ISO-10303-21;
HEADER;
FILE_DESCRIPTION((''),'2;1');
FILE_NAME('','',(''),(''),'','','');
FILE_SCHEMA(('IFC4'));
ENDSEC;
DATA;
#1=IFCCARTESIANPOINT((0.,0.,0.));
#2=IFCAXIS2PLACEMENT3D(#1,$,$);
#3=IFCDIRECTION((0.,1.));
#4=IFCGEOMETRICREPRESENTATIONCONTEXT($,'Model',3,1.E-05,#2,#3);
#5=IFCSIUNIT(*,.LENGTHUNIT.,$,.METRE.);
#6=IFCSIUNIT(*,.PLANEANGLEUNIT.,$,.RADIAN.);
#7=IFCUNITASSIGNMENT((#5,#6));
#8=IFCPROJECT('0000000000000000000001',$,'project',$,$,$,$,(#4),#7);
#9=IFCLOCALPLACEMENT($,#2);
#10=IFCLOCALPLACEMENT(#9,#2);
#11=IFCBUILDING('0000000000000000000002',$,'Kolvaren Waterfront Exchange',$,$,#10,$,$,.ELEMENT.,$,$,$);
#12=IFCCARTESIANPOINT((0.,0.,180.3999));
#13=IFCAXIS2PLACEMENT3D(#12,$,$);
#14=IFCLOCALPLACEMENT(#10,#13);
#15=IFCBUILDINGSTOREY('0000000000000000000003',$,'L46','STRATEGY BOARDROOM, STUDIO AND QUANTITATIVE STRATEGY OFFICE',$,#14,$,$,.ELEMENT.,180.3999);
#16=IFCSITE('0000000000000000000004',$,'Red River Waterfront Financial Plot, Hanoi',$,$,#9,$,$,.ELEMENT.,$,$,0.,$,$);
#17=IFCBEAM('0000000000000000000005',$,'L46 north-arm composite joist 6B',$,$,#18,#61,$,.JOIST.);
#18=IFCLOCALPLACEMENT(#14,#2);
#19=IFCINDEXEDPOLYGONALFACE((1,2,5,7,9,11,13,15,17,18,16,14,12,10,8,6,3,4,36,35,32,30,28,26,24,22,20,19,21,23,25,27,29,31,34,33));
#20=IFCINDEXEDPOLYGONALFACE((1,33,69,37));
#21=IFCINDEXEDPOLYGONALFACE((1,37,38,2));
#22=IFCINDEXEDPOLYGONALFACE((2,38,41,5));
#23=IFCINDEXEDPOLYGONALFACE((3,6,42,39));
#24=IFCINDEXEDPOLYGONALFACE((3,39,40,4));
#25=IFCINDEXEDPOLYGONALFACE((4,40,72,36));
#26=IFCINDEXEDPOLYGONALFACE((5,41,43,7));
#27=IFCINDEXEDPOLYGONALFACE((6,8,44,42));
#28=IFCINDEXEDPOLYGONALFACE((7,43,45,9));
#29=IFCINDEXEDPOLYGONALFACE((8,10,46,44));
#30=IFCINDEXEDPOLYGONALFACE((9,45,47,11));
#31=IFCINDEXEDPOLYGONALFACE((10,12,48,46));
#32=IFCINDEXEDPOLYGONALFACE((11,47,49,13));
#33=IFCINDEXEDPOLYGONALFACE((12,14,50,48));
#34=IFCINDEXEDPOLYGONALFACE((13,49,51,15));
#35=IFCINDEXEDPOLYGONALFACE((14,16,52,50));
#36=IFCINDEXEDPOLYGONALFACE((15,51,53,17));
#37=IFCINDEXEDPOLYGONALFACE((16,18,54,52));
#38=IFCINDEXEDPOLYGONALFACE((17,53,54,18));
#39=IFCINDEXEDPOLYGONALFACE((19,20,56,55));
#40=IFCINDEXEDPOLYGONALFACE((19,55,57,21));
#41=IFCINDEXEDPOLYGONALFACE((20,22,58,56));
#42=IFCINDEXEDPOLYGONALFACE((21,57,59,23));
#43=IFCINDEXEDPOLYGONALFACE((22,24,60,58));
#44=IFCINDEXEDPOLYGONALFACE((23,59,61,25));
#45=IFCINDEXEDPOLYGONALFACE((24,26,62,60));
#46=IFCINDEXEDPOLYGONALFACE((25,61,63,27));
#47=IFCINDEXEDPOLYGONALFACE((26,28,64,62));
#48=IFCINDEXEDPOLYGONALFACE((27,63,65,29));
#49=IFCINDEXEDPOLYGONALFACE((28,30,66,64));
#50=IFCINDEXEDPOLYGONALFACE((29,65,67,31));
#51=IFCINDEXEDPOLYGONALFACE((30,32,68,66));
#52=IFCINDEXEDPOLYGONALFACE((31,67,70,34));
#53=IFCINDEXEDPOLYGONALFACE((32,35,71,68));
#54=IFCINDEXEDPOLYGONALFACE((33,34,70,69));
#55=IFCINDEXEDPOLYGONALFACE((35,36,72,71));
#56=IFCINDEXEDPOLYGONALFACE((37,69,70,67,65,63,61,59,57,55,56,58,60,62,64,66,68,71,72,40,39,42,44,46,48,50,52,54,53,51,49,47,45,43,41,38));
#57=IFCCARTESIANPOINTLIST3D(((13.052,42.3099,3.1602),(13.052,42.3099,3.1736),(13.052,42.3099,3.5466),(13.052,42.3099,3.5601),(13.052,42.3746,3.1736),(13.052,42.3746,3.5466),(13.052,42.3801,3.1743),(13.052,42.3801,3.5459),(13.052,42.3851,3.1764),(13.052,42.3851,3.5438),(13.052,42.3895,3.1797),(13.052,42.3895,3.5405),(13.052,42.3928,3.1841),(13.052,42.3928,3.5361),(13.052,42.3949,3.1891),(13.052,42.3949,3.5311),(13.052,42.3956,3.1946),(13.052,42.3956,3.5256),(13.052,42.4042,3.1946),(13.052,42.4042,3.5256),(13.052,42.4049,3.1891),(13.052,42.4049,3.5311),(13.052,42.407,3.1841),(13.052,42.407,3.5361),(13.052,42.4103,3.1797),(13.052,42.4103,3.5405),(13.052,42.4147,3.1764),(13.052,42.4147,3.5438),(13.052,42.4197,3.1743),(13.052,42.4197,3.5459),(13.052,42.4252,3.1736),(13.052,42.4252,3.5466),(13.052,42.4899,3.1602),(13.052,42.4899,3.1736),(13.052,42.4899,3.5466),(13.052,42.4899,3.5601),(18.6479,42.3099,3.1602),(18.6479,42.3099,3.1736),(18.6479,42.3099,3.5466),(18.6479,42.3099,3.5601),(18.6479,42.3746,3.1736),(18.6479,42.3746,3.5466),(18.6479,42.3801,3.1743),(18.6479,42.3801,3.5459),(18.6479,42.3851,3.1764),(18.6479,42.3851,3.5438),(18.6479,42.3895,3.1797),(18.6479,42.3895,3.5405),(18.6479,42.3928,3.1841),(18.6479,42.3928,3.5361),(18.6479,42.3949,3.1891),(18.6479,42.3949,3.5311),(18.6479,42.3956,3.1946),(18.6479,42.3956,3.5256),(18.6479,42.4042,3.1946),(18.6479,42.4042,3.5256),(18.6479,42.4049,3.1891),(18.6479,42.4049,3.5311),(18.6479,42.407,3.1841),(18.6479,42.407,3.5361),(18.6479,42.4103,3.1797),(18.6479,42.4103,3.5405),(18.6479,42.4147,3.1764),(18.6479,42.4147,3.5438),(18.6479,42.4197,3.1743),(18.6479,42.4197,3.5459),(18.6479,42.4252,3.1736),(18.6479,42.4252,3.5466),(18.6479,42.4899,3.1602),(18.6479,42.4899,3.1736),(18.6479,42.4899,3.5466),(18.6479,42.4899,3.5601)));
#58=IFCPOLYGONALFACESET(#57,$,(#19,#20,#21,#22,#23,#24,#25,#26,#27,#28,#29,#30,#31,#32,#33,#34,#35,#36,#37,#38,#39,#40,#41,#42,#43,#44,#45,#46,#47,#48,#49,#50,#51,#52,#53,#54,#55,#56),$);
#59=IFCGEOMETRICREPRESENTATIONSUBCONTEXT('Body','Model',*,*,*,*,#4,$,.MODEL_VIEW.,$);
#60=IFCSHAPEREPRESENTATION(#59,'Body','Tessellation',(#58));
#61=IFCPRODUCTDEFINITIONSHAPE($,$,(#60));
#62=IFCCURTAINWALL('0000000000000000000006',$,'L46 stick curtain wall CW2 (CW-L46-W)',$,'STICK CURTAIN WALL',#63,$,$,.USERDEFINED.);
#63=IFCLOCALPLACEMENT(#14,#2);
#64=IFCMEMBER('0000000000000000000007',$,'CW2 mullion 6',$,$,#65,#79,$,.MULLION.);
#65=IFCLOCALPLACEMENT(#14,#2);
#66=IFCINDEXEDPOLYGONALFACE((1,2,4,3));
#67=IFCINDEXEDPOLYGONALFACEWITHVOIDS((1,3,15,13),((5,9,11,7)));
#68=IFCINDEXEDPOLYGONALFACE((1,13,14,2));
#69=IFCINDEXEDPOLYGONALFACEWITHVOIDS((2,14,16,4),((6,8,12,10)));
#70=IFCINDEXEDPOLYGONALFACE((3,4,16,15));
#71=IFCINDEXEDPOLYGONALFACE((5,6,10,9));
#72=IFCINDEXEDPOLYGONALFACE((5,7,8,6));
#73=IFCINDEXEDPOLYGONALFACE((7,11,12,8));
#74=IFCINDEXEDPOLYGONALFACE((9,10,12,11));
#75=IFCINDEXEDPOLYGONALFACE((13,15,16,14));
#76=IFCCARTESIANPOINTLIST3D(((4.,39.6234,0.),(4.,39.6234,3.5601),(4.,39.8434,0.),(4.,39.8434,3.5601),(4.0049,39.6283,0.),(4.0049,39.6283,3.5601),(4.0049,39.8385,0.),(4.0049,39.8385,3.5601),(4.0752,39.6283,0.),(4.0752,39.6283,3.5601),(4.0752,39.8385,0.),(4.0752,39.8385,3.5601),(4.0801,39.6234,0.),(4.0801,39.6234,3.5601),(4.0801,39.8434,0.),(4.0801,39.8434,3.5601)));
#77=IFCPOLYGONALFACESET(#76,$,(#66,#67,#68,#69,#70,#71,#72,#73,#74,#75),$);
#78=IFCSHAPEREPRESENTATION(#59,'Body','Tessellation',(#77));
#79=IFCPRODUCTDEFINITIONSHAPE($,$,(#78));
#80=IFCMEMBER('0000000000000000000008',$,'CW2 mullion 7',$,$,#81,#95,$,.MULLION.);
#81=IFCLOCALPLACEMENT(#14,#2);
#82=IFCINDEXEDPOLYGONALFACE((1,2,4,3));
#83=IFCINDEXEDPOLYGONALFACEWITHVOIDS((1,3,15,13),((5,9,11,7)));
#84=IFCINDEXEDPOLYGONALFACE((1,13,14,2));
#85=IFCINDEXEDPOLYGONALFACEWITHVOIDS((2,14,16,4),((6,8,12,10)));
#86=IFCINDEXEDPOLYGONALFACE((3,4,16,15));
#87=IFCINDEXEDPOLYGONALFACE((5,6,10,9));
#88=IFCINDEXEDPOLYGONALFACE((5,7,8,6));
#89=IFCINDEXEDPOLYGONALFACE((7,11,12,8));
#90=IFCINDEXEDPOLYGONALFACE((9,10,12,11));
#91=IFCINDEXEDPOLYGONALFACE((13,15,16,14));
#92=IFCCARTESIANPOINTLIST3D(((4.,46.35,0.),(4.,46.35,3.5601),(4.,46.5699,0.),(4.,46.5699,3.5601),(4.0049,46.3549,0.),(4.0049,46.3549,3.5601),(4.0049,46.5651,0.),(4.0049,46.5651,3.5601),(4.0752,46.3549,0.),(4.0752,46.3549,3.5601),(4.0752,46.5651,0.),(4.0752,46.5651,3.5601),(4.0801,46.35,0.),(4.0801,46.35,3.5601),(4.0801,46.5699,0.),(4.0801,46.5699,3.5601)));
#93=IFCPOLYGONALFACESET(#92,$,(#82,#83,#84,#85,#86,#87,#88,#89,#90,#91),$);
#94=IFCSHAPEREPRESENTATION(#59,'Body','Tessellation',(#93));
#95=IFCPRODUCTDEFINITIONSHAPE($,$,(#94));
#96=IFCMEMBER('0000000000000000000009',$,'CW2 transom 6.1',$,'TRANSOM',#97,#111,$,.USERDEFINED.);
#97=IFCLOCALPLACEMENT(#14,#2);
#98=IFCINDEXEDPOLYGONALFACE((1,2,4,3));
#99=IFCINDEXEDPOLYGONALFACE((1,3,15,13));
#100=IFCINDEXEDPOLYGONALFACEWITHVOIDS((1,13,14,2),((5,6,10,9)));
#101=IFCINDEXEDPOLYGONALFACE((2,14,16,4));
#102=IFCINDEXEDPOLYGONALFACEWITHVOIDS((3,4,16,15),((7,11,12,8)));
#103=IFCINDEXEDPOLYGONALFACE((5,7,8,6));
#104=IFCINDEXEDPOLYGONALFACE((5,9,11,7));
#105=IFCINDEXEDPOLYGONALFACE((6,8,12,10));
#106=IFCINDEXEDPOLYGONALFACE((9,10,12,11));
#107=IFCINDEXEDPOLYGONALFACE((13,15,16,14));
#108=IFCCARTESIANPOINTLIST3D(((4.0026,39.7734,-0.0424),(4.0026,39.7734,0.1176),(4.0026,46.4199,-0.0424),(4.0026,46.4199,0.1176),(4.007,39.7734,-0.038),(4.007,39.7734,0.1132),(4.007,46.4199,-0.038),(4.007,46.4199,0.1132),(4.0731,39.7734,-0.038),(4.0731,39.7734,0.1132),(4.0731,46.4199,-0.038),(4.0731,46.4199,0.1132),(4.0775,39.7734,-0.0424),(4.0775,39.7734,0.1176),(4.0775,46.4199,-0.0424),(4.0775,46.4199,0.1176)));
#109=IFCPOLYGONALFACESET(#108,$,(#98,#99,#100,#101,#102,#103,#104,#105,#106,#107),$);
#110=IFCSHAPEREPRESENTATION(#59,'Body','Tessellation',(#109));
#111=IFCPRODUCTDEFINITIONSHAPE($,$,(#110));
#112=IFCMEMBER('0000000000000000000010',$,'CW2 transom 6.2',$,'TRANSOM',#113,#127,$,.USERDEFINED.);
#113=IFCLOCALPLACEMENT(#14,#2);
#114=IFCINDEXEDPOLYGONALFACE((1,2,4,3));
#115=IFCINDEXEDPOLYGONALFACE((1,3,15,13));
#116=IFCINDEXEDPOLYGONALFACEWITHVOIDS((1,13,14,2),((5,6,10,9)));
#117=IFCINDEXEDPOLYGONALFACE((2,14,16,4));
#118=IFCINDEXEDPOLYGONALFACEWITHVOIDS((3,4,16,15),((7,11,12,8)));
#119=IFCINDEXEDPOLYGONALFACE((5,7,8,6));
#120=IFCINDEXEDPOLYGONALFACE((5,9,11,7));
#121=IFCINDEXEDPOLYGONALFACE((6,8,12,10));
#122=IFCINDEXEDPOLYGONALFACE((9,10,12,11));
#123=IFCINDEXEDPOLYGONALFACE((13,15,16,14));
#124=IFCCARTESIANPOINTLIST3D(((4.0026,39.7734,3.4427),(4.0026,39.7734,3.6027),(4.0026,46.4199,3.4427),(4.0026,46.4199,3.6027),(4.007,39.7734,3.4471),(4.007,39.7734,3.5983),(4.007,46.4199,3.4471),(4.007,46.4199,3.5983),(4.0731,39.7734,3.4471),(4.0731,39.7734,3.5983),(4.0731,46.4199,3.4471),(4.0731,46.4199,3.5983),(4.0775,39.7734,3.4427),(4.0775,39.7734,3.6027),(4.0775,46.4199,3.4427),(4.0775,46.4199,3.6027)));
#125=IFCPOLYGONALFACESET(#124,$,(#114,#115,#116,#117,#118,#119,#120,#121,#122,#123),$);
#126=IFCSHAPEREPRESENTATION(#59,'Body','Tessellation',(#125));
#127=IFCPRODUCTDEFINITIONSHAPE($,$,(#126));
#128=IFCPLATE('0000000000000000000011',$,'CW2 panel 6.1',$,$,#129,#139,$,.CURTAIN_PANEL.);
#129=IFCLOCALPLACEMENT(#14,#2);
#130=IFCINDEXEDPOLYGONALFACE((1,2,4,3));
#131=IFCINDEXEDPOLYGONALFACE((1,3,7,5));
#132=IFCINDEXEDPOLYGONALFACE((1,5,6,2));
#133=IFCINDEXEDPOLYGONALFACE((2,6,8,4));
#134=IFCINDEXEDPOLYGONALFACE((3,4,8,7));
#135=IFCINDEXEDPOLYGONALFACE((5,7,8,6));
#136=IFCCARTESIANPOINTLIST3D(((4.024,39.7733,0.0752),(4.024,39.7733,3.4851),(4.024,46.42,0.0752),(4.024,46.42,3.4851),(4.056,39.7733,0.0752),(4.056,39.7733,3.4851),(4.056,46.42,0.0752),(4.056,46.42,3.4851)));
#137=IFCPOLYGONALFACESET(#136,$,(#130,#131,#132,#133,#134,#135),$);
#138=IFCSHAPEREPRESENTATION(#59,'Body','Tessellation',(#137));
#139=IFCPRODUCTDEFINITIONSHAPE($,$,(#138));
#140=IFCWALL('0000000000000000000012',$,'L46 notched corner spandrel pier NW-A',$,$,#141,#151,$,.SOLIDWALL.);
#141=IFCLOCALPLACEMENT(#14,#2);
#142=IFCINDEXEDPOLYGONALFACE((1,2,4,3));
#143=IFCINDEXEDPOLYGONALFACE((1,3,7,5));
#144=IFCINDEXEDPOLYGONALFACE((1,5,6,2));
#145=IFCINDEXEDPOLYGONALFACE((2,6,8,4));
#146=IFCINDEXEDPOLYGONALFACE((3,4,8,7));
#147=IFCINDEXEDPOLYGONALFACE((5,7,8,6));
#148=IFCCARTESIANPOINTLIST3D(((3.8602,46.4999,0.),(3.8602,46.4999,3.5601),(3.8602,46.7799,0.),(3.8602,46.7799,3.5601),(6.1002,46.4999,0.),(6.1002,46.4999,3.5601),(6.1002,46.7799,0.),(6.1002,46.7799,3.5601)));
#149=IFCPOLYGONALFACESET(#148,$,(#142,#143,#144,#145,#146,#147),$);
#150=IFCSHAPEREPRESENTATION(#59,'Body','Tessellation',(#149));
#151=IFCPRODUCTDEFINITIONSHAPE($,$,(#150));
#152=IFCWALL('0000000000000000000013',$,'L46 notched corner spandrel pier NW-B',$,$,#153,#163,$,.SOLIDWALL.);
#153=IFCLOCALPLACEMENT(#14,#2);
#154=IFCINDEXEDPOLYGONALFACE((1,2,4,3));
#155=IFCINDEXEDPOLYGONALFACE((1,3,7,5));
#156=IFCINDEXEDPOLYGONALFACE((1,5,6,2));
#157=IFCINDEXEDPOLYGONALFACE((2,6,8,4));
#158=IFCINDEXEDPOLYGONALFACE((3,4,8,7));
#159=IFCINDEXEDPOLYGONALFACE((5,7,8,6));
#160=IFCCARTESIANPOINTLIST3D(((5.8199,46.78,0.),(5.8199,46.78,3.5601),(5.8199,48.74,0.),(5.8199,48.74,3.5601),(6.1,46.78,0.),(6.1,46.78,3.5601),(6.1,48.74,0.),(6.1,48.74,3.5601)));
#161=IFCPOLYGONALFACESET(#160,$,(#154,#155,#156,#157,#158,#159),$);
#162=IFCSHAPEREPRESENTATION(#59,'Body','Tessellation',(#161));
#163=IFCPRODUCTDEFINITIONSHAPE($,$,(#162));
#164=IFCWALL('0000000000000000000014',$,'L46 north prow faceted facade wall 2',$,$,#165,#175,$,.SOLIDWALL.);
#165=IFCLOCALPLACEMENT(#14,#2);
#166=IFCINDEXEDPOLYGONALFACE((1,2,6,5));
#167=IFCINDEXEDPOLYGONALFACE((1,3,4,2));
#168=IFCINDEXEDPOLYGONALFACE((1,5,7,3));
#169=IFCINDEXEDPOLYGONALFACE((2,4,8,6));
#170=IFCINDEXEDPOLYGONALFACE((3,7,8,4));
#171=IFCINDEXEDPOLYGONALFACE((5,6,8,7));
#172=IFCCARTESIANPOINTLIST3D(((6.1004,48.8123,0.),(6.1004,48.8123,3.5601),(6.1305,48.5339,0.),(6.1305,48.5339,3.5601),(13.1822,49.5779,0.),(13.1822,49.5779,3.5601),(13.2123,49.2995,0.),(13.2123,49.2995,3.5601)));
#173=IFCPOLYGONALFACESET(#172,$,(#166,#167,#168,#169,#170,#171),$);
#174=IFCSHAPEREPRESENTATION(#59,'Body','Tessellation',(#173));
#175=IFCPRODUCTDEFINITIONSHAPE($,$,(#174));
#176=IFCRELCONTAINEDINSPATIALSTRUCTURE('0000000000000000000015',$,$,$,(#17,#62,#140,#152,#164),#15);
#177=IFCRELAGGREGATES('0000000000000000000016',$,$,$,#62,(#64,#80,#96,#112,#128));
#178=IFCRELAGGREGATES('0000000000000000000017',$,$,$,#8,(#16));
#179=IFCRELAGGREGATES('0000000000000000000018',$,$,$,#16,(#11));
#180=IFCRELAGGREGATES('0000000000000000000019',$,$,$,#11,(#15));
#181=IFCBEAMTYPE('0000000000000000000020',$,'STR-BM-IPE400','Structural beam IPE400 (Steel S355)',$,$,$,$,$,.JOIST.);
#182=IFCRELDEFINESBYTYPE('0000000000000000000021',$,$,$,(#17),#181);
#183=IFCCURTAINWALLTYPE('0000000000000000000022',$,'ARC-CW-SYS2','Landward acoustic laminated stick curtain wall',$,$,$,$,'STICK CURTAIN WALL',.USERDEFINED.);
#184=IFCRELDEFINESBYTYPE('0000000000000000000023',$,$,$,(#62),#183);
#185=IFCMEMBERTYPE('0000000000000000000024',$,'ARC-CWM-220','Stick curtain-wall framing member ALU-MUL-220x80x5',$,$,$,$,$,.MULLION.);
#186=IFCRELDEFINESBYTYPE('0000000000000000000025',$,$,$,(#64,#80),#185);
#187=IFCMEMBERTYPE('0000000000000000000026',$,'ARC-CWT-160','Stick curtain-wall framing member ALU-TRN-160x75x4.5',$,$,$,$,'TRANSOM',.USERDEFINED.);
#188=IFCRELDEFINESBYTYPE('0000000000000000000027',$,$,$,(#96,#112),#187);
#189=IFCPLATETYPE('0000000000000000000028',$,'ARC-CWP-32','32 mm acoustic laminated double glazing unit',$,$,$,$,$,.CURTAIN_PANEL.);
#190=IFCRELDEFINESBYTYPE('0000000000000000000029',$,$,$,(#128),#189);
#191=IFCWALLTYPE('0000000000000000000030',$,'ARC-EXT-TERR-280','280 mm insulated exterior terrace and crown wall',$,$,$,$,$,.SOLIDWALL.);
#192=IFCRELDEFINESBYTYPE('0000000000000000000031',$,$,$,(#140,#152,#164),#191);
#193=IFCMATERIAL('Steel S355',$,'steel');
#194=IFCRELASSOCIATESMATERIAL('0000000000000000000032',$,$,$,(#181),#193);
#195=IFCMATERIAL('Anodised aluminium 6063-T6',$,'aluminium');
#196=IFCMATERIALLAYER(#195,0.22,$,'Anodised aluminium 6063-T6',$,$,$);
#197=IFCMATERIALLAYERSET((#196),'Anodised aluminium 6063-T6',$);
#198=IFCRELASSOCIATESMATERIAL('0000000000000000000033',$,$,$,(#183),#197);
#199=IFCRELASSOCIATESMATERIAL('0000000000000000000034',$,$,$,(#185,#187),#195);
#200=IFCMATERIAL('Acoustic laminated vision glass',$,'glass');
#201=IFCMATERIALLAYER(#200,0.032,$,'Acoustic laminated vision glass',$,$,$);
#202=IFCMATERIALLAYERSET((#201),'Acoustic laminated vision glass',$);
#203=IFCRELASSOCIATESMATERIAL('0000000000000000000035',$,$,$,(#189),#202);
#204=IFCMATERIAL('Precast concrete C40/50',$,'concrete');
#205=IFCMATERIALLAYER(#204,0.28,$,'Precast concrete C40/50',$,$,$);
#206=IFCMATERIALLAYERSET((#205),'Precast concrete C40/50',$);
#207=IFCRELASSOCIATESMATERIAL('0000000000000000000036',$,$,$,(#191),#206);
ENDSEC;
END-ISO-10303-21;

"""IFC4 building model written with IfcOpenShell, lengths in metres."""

from ifc_helpers import new_model, si_unit, direction, frame, frame_2d, origin, origin_with_axes, origin_2d, place, context, subcontext, project, spatial, rectangle, hollow_rectangle, i_section, extrude, source, transform, mapped, material, layer, layer_set, material_profile, profile_set, type_object, element, aggregate, save


model = new_model("IFC4")

# Units and contexts
model_context = context("Model", 3, precision=1e-05, world=origin(), true_north=direction((0.0, 1.0)))
body_context = subcontext(model_context, "Body", "Model", "MODEL_VIEW")
ifc_project = project(units=[si_unit("LENGTHUNIT", "METRE"), si_unit("PLANEANGLEUNIT", "RADIAN")], contexts=[model_context])

# Site, building, storey
site_placement = place(None, origin())
site = spatial("IfcSite", under=ifc_project, at=site_placement, Name="Red River Waterfront Financial Plot, Hanoi", CompositionType="ELEMENT", RefElevation=0.0)
building_placement = place(site_placement, origin())
building = spatial("IfcBuilding", under=site, at=building_placement, Name="Kolvaren Waterfront Exchange", CompositionType="ELEMENT")
storey_placement = place(building_placement, frame((0.0, 0.0, 180.3999)))
storey = spatial("IfcBuildingStorey", under=building, at=storey_placement, Name="L46", Description="STRATEGY BOARDROOM, STUDIO AND QUANTITATIVE STRATEGY OFFICE", CompositionType="ELEMENT", Elevation=180.3999)

# Beam
ifc_material_1 = material(Name="Steel S355", Category="steel")
ifc_material_profile_1 = material_profile(ifc_material_1, i_section(OverallWidth=0.1799, OverallDepth=0.3999, WebThickness=0.0085, FlangeThickness=0.0134, FilletRadius=0.021, at=origin_2d()), Name="IPE400")
ifc_profile_set_1 = profile_set([ifc_material_profile_1], Name="Steel S355")
beam_type_1 = type_object("IfcBeamType", Name="STR-BM-IPE400", Description="Structural beam IPE400 (Steel S355)", PredefinedType="JOIST", material=ifc_profile_set_1)
beam_1_placement = place(storey_placement, frame((13.052, 42.3999, 3.3601), z_axis=(1.0, 0.0, 0.0), x_axis=(0.0, 1.0, 0.0)))
element("IfcBeam", 1, at=beam_1_placement, inside=storey, type_object=beam_type_1, Name="L46 north-arm composite joist 6B", PredefinedType="JOIST", context=body_context, shape_type="SweptSolid", body=[
    extrude(i_section(OverallWidth=0.1799, OverallDepth=0.3999, WebThickness=0.0085, FlangeThickness=0.0134, FilletRadius=0.021, at=origin_2d()), origin(), (0.0, 0.0, 1.0), 5.5959),
])

# Curtain wall, members, plate
ifc_material_2 = material(Name="Anodised aluminium 6063-T6", Category="aluminium")
ifc_layer_1 = layer(ifc_material_2, 0.22, Name="Anodised aluminium 6063-T6")
ifc_layer_set_1 = layer_set([ifc_layer_1], Name="Anodised aluminium 6063-T6")
curtain_wall_type = type_object("IfcCurtainWallType", Name="ARC-CW-SYS2", Description="Landward acoustic laminated stick curtain wall", ElementType="STICK CURTAIN WALL", PredefinedType="USERDEFINED", material=ifc_layer_set_1)
curtain_wall_placement = place(storey_placement, origin())
curtain_wall = element("IfcCurtainWall", 2, at=curtain_wall_placement, inside=storey, type_object=curtain_wall_type, Name="L46 stick curtain wall CW2 (CW-L46-W)", ObjectType="STICK CURTAIN WALL", PredefinedType="USERDEFINED")
ifc_material_profile_2 = material_profile(ifc_material_2, hollow_rectangle(XDim=0.0801, YDim=0.22, WallThickness=0.0049, at=origin_2d()), Name="ALU-MUL-220x80x5")
ifc_profile_set_2 = profile_set([ifc_material_profile_2], Name="Anodised aluminium 6063-T6")
member_type_1 = type_object("IfcMemberType", Name="ARC-CWM-220", Description="Stick curtain-wall framing member ALU-MUL-220x80x5", PredefinedType="MULLION", material=ifc_profile_set_2)
shared_shape_1 = source(origin_with_axes(), body_context, "Body", "SweptSolid", [
    extrude(hollow_rectangle(XDim=0.0801, YDim=0.22, WallThickness=0.0049, at=origin_2d()), origin(), (0.0, 0.0, 1.0), 3.5601),
])
member_1_placement = place(storey_placement, frame((4.04, 39.7334, 0.0), z_axis=(0.0, 0.0, 1.0), x_axis=(-1.0, 0.0, 0.0)))
member_1 = element("IfcMember", 3, at=member_1_placement, type_object=member_type_1, Name="CW2 mullion 6", PredefinedType="MULLION", context=body_context, shape_type="MappedRepresentation", body=[
    mapped(shared_shape_1, transform((0.0, 0.0, 0.0), x_axis=(1.0, 0.0, 0.0), y_axis=(0.0, 1.0, 0.0), z_axis=(0.0, 0.0, 1.0), scale=1.0)),
])
member_2_placement = place(storey_placement, frame((4.04, 46.46, 0.0), z_axis=(0.0, 0.0, 1.0), x_axis=(-1.0, 0.0, 0.0)))
member_2 = element("IfcMember", 4, at=member_2_placement, type_object=member_type_1, Name="CW2 mullion 7", PredefinedType="MULLION", context=body_context, shape_type="MappedRepresentation", body=[
    mapped(shared_shape_1, transform((0.0, 0.0, 0.0), x_axis=(1.0, 0.0, 0.0), y_axis=(0.0, 1.0, 0.0), z_axis=(0.0, 0.0, 1.0), scale=1.0)),
])
ifc_material_profile_3 = material_profile(ifc_material_2, hollow_rectangle(XDim=0.075, YDim=0.1599, WallThickness=0.0044, at=origin_2d()), Name="ALU-TRN-160x75x4.5")
ifc_profile_set_3 = profile_set([ifc_material_profile_3], Name="Anodised aluminium 6063-T6")
member_type_2 = type_object("IfcMemberType", Name="ARC-CWT-160", Description="Stick curtain-wall framing member ALU-TRN-160x75x4.5", ElementType="TRANSOM", PredefinedType="USERDEFINED", material=ifc_profile_set_3)
shared_shape_2 = source(origin_with_axes(), body_context, "Body", "SweptSolid", [
    extrude(hollow_rectangle(XDim=0.075, YDim=0.1599, WallThickness=0.0044, at=origin_2d()), origin(), (0.0, 0.0, 1.0), 6.6465),
])
member_3_placement = place(storey_placement, frame((4.04, 39.7734, 0.0376), z_axis=(0.0, 1.0, 0.0), x_axis=(-1.0, 0.0, 0.0)))
member_3 = element("IfcMember", 5, at=member_3_placement, type_object=member_type_2, Name="CW2 transom 6.1", ObjectType="TRANSOM", PredefinedType="USERDEFINED", context=body_context, shape_type="MappedRepresentation", body=[
    mapped(shared_shape_2, transform((0.0, 0.0, 0.0), x_axis=(1.0, 0.0, 0.0), y_axis=(0.0, 1.0, 0.0), z_axis=(0.0, 0.0, 1.0), scale=1.0)),
])
member_4_placement = place(storey_placement, frame((4.04, 39.7734, 3.5227), z_axis=(0.0, 1.0, 0.0), x_axis=(-1.0, 0.0, 0.0)))
member_4 = element("IfcMember", 6, at=member_4_placement, type_object=member_type_2, Name="CW2 transom 6.2", ObjectType="TRANSOM", PredefinedType="USERDEFINED", context=body_context, shape_type="MappedRepresentation", body=[
    mapped(shared_shape_2, transform((0.0, 0.0, 0.0), x_axis=(1.0, 0.0, 0.0), y_axis=(0.0, 1.0, 0.0), z_axis=(0.0, 0.0, 1.0), scale=1.0)),
])
ifc_material_3 = material(Name="Acoustic laminated vision glass", Category="glass")
ifc_layer_2 = layer(ifc_material_3, 0.032, Name="Acoustic laminated vision glass")
ifc_layer_set_2 = layer_set([ifc_layer_2], Name="Acoustic laminated vision glass")
plate_type = type_object("IfcPlateType", Name="ARC-CWP-32", Description="32 mm acoustic laminated double glazing unit", PredefinedType="CURTAIN_PANEL", material=ifc_layer_set_2)
shared_shape_3 = source(origin_with_axes(), body_context, "Body", "SweptSolid", [
    extrude(rectangle(XDim=6.6467, YDim=0.032, at=origin_2d()), origin(), (0.0, 0.0, 1.0), 3.4099),
])
plate_placement = place(storey_placement, frame((4.04, 43.0967, 0.0752), z_axis=(0.0, 0.0, 1.0), x_axis=(0.0, 1.0, 0.0)))
plate = element("IfcPlate", 7, at=plate_placement, type_object=plate_type, Name="CW2 panel 6.1", PredefinedType="CURTAIN_PANEL", context=body_context, shape_type="MappedRepresentation", body=[
    mapped(shared_shape_3, transform((0.0, 0.0, 0.0), x_axis=(1.0, 0.0, 0.0), y_axis=(0.0, 1.0, 0.0), z_axis=(0.0, 0.0, 1.0), scale=1.0)),
])
aggregate(curtain_wall, [member_1, member_2, member_3, member_4, plate])

# Walls
ifc_material_4 = material(Name="Precast concrete C40/50", Category="concrete")
ifc_layer_3 = layer(ifc_material_4, 0.28, Name="Precast concrete C40/50")
ifc_layer_set_3 = layer_set([ifc_layer_3], Name="Precast concrete C40/50")
wall_type_1 = type_object("IfcWallType", Name="ARC-EXT-TERR-280", Description="280 mm insulated exterior terrace and crown wall", PredefinedType="SOLIDWALL", material=ifc_layer_set_3)
wall_1_placement = place(storey_placement, frame((3.8601, 46.6399, 0.0), z_axis=(0.0, 0.0, 1.0), x_axis=(1.0, 0.0, 0.0)))
element("IfcWall", 8, at=wall_1_placement, inside=storey, type_object=wall_type_1, Name="L46 notched corner spandrel pier NW-A", PredefinedType="SOLIDWALL", context=body_context, shape_type="SweptSolid", body=[
    extrude(rectangle(XDim=2.24, YDim=0.28, at=frame_2d((1.1201, 0.0))), origin(), (0.0, 0.0, 1.0), 3.5601),
])
wall_2_placement = place(storey_placement, frame((5.96, 46.78, 0.0), z_axis=(0.0, 0.0, 1.0), x_axis=(0.0, 1.0, 0.0)))
element("IfcWall", 9, at=wall_2_placement, inside=storey, type_object=wall_type_1, Name="L46 notched corner spandrel pier NW-B", PredefinedType="SOLIDWALL", context=body_context, shape_type="SweptSolid", body=[
    extrude(rectangle(XDim=1.96, YDim=0.28, at=frame_2d((0.98, 0.0))), origin(), (0.0, 0.0, 1.0), 3.5601),
])
wall_3_placement = place(storey_placement, frame((13.1973, 49.4387, 0.0), z_axis=(0.0, 0.0, 1.0), x_axis=(-0.994207, -0.107486, 0.0)))
element("IfcWall", 10, at=wall_3_placement, inside=storey, type_object=wall_type_1, Name="L46 north prow faceted facade wall 2", PredefinedType="SOLIDWALL", context=body_context, shape_type="SweptSolid", body=[
    extrude(rectangle(XDim=7.123, YDim=0.28, at=frame_2d((3.5615, 0.0))), origin(), (0.0, 0.0, 1.0), 3.5601),
])

save(model, "model.ifc")
